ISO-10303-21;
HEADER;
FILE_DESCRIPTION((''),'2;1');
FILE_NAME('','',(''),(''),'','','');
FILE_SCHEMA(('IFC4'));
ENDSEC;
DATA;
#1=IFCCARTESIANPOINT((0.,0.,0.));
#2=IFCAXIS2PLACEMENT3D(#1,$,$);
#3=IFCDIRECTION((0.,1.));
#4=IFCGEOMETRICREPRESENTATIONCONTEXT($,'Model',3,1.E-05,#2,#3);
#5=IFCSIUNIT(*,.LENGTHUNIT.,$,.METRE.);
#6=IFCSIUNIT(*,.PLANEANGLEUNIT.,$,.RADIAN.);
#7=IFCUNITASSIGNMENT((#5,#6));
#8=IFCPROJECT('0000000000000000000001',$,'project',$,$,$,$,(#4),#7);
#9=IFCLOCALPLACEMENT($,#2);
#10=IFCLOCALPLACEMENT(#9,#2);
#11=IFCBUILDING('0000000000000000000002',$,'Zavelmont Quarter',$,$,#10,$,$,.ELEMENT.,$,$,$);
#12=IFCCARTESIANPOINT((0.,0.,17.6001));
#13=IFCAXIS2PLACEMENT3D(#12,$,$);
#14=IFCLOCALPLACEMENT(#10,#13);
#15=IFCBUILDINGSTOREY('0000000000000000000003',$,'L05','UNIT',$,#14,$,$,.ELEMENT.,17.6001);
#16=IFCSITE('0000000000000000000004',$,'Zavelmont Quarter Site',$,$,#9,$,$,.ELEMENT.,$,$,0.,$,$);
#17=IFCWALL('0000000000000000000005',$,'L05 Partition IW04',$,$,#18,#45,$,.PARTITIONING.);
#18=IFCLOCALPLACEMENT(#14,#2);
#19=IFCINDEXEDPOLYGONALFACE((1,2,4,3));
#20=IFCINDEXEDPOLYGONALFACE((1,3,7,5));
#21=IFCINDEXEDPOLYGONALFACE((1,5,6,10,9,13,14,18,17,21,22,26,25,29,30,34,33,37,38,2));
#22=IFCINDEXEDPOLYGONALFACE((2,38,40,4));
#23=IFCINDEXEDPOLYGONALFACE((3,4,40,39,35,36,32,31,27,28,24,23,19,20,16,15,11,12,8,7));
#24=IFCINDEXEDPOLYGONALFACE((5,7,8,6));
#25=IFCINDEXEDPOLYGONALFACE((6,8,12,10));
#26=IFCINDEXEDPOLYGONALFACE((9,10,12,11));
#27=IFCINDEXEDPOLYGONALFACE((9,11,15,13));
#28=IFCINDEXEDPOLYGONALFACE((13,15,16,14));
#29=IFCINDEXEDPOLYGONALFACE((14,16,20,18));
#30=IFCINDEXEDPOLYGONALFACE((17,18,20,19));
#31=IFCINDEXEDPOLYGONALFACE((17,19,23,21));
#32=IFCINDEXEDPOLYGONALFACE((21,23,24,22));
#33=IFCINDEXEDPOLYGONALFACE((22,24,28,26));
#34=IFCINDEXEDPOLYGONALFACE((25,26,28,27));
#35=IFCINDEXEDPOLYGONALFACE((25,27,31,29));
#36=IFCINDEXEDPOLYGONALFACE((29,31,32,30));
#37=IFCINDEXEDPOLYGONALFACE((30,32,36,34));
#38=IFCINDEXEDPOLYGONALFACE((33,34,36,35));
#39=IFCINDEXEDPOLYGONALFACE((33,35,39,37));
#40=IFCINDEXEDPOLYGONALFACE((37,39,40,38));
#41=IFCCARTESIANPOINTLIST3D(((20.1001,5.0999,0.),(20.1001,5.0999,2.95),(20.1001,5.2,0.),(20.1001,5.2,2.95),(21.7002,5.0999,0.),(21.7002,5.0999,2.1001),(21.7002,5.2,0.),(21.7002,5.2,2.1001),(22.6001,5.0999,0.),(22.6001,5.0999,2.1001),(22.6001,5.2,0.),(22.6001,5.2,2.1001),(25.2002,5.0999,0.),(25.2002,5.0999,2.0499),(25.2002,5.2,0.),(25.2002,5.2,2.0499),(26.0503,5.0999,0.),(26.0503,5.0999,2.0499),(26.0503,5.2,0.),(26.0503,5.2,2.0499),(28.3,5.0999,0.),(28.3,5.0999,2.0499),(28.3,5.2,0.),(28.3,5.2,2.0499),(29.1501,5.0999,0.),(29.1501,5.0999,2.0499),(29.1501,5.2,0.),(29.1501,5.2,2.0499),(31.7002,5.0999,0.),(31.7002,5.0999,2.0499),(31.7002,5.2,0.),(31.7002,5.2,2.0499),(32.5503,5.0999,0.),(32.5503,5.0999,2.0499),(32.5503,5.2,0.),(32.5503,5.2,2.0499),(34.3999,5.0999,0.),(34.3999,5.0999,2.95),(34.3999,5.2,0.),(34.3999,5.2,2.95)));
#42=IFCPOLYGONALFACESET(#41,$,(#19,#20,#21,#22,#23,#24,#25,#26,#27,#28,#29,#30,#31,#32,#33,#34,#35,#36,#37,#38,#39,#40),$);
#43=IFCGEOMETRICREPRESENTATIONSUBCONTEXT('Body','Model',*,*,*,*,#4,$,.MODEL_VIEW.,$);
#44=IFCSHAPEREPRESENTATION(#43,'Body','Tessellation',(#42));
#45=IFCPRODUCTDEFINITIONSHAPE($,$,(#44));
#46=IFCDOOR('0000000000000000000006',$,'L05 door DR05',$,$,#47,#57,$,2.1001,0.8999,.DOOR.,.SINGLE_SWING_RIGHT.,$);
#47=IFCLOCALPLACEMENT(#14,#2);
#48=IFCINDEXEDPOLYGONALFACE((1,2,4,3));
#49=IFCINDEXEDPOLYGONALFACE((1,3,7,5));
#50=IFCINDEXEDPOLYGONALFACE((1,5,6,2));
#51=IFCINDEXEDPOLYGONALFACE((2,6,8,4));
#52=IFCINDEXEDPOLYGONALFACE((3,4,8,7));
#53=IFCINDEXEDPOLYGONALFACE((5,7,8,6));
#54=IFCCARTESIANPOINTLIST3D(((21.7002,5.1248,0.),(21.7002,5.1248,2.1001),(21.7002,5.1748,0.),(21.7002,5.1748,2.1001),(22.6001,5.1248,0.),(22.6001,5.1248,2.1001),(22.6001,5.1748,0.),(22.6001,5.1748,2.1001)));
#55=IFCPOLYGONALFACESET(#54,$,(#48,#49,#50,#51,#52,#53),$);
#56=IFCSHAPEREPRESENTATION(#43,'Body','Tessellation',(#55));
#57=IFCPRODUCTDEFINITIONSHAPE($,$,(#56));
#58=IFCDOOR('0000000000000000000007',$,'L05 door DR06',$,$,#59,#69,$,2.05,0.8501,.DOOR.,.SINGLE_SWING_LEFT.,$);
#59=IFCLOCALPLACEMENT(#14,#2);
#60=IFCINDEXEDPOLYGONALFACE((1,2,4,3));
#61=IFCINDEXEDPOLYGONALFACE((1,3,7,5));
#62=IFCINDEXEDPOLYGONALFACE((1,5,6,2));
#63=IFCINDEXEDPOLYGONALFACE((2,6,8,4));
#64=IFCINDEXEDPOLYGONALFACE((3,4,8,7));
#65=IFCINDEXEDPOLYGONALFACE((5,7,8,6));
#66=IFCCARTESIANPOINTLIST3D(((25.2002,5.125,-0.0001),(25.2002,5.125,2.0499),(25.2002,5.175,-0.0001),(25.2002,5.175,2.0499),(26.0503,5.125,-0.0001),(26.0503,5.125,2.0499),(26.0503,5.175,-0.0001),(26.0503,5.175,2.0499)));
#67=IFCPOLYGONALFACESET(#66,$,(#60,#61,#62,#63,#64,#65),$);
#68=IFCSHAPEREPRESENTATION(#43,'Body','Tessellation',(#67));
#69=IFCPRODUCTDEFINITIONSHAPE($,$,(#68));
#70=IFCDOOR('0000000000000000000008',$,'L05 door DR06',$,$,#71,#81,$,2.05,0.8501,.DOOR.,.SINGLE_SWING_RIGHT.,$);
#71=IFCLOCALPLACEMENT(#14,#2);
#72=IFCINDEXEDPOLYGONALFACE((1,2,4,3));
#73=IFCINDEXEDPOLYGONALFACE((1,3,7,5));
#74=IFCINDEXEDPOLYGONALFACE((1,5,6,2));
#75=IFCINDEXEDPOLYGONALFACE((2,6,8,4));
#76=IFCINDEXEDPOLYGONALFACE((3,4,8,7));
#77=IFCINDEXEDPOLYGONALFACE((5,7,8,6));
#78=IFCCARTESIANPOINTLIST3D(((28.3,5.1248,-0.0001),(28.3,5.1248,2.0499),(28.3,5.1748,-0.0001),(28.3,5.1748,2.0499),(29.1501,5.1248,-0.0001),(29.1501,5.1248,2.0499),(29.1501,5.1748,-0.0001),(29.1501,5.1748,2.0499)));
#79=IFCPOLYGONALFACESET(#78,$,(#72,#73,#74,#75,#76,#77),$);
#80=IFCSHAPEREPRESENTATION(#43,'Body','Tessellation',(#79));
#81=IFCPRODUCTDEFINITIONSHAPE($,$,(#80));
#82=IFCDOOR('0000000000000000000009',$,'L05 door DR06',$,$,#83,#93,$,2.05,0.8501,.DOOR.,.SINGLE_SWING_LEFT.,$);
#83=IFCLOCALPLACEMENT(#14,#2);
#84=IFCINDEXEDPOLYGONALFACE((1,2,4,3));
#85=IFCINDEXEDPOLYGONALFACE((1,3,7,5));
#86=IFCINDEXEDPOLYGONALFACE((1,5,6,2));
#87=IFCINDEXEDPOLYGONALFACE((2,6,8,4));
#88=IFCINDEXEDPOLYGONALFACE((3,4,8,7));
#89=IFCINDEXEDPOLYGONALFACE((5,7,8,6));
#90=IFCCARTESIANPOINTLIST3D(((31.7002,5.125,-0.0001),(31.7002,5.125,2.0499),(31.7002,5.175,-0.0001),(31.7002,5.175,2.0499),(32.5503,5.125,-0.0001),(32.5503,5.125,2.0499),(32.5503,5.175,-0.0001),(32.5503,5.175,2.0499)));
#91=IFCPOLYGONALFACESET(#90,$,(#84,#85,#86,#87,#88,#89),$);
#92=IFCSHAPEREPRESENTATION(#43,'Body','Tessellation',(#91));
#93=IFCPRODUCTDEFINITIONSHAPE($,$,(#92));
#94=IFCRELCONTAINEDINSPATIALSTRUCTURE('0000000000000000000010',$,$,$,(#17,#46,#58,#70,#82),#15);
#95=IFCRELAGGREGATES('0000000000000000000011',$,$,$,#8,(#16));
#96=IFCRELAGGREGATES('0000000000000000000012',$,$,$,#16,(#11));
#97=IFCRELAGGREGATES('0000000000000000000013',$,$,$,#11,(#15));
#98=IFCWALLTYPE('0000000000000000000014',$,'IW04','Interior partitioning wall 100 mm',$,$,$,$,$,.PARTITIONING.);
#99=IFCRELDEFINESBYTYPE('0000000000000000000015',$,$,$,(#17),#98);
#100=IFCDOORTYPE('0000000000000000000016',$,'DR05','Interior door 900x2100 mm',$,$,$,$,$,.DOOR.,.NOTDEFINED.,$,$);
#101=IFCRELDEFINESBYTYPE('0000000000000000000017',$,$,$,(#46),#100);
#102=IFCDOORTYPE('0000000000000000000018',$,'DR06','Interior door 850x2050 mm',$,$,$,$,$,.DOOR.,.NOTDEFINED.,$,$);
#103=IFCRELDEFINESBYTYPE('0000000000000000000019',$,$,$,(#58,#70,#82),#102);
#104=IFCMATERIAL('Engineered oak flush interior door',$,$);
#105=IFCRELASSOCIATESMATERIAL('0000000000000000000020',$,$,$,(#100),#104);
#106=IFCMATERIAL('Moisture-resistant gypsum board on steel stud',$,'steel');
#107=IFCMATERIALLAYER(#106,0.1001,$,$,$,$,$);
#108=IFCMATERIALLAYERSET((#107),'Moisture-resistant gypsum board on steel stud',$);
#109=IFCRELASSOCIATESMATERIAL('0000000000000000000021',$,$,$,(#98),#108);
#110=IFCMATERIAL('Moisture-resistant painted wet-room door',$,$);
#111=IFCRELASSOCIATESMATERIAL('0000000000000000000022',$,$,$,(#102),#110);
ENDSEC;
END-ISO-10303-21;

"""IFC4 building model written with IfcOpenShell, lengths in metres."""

from ifc_helpers import new_model, si_unit, direction, frame, frame_2d, origin, origin_with_axes, place, context, subcontext, project, spatial, rectangle, extrude, material, layer, layer_set, type_object, element, fill, save


model = new_model("IFC4")

# Units and contexts
model_context = context("Model", 3, precision=1e-05, world=origin(), true_north=direction((0.0, 1.0)))
body_context = subcontext(model_context, "Body", "Model", "MODEL_VIEW")
ifc_project = project(units=[si_unit("LENGTHUNIT", "METRE"), si_unit("PLANEANGLEUNIT", "RADIAN")], contexts=[model_context])

# Site, building, storey
site_placement = place(None, origin())
site = spatial("IfcSite", under=ifc_project, at=site_placement, Name="Zavelmont Quarter Site", CompositionType="ELEMENT", RefElevation=0.0)
building_placement = place(site_placement, origin())
building = spatial("IfcBuilding", under=site, at=building_placement, Name="Zavelmont Quarter", CompositionType="ELEMENT")
storey_placement = place(building_placement, frame((0.0, 0.0, 17.6001)))
storey = spatial("IfcBuildingStorey", under=building, at=storey_placement, Name="L05", Description="UNIT", CompositionType="ELEMENT", Elevation=17.6001)

# Shared definitions
ifc_material_1 = material(Name="Engineered oak flush interior door")
door_type_1 = type_object("IfcDoorType", Name="DR05", Description="Interior door 900x2100 mm", OperationType="NOTDEFINED", PredefinedType="DOOR", material=ifc_material_1)

# Wall, openings, doors
ifc_material_2 = material(Name="Moisture-resistant gypsum board on steel stud", Category="steel")
ifc_layer_1 = layer(ifc_material_2, 0.1001)
ifc_layer_set_1 = layer_set([ifc_layer_1], Name="Moisture-resistant gypsum board on steel stud")
wall_type_1 = type_object("IfcWallType", Name="IW04", Description="Interior partitioning wall 100 mm", PredefinedType="PARTITIONING", material=ifc_layer_set_1)
wall_1_placement = place(storey_placement, frame((20.1001, 5.1499, 0.0), z_axis=(0.0, 0.0, 1.0), x_axis=(1.0, 0.0, 0.0)))
wall_1 = element("IfcWall", 1, at=wall_1_placement, inside=storey, type_object=wall_type_1, Name="L05 Partition IW04", PredefinedType="PARTITIONING", context=body_context, shape_type="SweptSolid", body=[
    extrude(rectangle(XDim=14.2998, YDim=0.1001, at=frame_2d((7.1499, 0.0))), origin(), (0.0, 0.0, 1.0), 2.95),
])
opening_1_placement = place(wall_1_placement, frame((1.6001, 0.0, 0.0)))
opening_1 = element("IfcOpeningElement", 2, at=opening_1_placement, cuts=wall_1, PredefinedType="OPENING", context=body_context, shape_type="SweptSolid", body=[
    extrude(rectangle(XDim=0.8999, YDim=2.1001, at=frame_2d((0.45, 1.05))), frame((0.0, 0.062, 0.0), z_axis=(0.0, -1.0, 0.0), x_axis=(1.0, 0.0, 0.0)), (0.0, 0.0, 1.0), 0.124),
])
opening_2_placement = place(wall_1_placement, frame((5.1001, 0.0, 0.0)))
opening_2 = element("IfcOpeningElement", 3, at=opening_2_placement, cuts=wall_1, PredefinedType="OPENING", context=body_context, shape_type="SweptSolid", body=[
    extrude(rectangle(XDim=0.8501, YDim=2.05, at=frame_2d((0.425, 1.0249))), frame((0.0, 0.062, 0.0), z_axis=(0.0, -1.0, 0.0), x_axis=(1.0, 0.0, 0.0)), (0.0, 0.0, 1.0), 0.124),
])
opening_3_placement = place(wall_1_placement, frame((8.2, 0.0, 0.0)))
opening_3 = element("IfcOpeningElement", 4, at=opening_3_placement, cuts=wall_1, PredefinedType="OPENING", context=body_context, shape_type="SweptSolid", body=[
    extrude(rectangle(XDim=0.8501, YDim=2.05, at=frame_2d((0.425, 1.0249))), frame((0.0, 0.062, 0.0), z_axis=(0.0, -1.0, 0.0), x_axis=(1.0, 0.0, 0.0)), (0.0, 0.0, 1.0), 0.124),
])
opening_4_placement = place(wall_1_placement, frame((11.6001, 0.0, 0.0)))
opening_4 = element("IfcOpeningElement", 5, at=opening_4_placement, cuts=wall_1, PredefinedType="OPENING", context=body_context, shape_type="SweptSolid", body=[
    extrude(rectangle(XDim=0.8501, YDim=2.05, at=frame_2d((0.425, 1.0249))), frame((0.0, 0.062, 0.0), z_axis=(0.0, -1.0, 0.0), x_axis=(1.0, 0.0, 0.0)), (0.0, 0.0, 1.0), 0.124),
])
door_1_placement = place(opening_1_placement, origin_with_axes())
door_1 = element("IfcDoor", 6, at=door_1_placement, inside=storey, type_object=door_type_1, Name="L05 door DR05", OperationType="SINGLE_SWING_RIGHT", OverallHeight=2.1001, OverallWidth=0.8999, PredefinedType="DOOR", context=body_context, shape_type="SweptSolid", body=[
    extrude(rectangle(XDim=0.8999, YDim=2.1001, at=frame_2d((0.45, 1.05))), frame((0.0, 0.0249, 0.0), z_axis=(0.0, -1.0, 0.0), x_axis=(1.0, 0.0, 0.0)), (0.0, 0.0, 1.0), 0.05),
])
fill(opening_1, door_1)
ifc_material_3 = material(Name="Moisture-resistant painted wet-room door")
door_type_2 = type_object("IfcDoorType", Name="DR06", Description="Interior door 850x2050 mm", OperationType="NOTDEFINED", PredefinedType="DOOR", material=ifc_material_3)
door_2_placement = place(opening_2_placement, frame((0.8501, 0.0, 0.0), z_axis=(0.0, 0.0, 1.0), x_axis=(-1.0, 0.0, 0.0)))
door_2 = element("IfcDoor", 7, at=door_2_placement, inside=storey, type_object=door_type_2, Name="L05 door DR06", OperationType="SINGLE_SWING_LEFT", OverallHeight=2.05, OverallWidth=0.8501, PredefinedType="DOOR", context=body_context, shape_type="SweptSolid", body=[
    extrude(rectangle(XDim=0.8501, YDim=2.05, at=frame_2d((0.425, 1.0249))), frame((0.0, 0.0249, 0.0), z_axis=(0.0, -1.0, 0.0), x_axis=(1.0, 0.0, 0.0)), (0.0, 0.0, 1.0), 0.05),
])
fill(opening_2, door_2)
door_3_placement = place(opening_3_placement, origin_with_axes())
door_3 = element("IfcDoor", 8, at=door_3_placement, inside=storey, type_object=door_type_2, Name="L05 door DR06", OperationType="SINGLE_SWING_RIGHT", OverallHeight=2.05, OverallWidth=0.8501, PredefinedType="DOOR", context=body_context, shape_type="SweptSolid", body=[
    extrude(rectangle(XDim=0.8501, YDim=2.05, at=frame_2d((0.425, 1.0249))), frame((0.0, 0.0249, 0.0), z_axis=(0.0, -1.0, 0.0), x_axis=(1.0, 0.0, 0.0)), (0.0, 0.0, 1.0), 0.05),
])
fill(opening_3, door_3)
door_4_placement = place(opening_4_placement, frame((0.8501, 0.0, 0.0), z_axis=(0.0, 0.0, 1.0), x_axis=(-1.0, 0.0, 0.0)))
door_4 = element("IfcDoor", 9, at=door_4_placement, inside=storey, type_object=door_type_2, Name="L05 door DR06", OperationType="SINGLE_SWING_LEFT", OverallHeight=2.05, OverallWidth=0.8501, PredefinedType="DOOR", context=body_context, shape_type="SweptSolid", body=[
    extrude(rectangle(XDim=0.8501, YDim=2.05, at=frame_2d((0.425, 1.0249))), frame((0.0, 0.0249, 0.0), z_axis=(0.0, -1.0, 0.0), x_axis=(1.0, 0.0, 0.0)), (0.0, 0.0, 1.0), 0.05),
])
fill(opening_4, door_4)

save(model, "model.ifc")
